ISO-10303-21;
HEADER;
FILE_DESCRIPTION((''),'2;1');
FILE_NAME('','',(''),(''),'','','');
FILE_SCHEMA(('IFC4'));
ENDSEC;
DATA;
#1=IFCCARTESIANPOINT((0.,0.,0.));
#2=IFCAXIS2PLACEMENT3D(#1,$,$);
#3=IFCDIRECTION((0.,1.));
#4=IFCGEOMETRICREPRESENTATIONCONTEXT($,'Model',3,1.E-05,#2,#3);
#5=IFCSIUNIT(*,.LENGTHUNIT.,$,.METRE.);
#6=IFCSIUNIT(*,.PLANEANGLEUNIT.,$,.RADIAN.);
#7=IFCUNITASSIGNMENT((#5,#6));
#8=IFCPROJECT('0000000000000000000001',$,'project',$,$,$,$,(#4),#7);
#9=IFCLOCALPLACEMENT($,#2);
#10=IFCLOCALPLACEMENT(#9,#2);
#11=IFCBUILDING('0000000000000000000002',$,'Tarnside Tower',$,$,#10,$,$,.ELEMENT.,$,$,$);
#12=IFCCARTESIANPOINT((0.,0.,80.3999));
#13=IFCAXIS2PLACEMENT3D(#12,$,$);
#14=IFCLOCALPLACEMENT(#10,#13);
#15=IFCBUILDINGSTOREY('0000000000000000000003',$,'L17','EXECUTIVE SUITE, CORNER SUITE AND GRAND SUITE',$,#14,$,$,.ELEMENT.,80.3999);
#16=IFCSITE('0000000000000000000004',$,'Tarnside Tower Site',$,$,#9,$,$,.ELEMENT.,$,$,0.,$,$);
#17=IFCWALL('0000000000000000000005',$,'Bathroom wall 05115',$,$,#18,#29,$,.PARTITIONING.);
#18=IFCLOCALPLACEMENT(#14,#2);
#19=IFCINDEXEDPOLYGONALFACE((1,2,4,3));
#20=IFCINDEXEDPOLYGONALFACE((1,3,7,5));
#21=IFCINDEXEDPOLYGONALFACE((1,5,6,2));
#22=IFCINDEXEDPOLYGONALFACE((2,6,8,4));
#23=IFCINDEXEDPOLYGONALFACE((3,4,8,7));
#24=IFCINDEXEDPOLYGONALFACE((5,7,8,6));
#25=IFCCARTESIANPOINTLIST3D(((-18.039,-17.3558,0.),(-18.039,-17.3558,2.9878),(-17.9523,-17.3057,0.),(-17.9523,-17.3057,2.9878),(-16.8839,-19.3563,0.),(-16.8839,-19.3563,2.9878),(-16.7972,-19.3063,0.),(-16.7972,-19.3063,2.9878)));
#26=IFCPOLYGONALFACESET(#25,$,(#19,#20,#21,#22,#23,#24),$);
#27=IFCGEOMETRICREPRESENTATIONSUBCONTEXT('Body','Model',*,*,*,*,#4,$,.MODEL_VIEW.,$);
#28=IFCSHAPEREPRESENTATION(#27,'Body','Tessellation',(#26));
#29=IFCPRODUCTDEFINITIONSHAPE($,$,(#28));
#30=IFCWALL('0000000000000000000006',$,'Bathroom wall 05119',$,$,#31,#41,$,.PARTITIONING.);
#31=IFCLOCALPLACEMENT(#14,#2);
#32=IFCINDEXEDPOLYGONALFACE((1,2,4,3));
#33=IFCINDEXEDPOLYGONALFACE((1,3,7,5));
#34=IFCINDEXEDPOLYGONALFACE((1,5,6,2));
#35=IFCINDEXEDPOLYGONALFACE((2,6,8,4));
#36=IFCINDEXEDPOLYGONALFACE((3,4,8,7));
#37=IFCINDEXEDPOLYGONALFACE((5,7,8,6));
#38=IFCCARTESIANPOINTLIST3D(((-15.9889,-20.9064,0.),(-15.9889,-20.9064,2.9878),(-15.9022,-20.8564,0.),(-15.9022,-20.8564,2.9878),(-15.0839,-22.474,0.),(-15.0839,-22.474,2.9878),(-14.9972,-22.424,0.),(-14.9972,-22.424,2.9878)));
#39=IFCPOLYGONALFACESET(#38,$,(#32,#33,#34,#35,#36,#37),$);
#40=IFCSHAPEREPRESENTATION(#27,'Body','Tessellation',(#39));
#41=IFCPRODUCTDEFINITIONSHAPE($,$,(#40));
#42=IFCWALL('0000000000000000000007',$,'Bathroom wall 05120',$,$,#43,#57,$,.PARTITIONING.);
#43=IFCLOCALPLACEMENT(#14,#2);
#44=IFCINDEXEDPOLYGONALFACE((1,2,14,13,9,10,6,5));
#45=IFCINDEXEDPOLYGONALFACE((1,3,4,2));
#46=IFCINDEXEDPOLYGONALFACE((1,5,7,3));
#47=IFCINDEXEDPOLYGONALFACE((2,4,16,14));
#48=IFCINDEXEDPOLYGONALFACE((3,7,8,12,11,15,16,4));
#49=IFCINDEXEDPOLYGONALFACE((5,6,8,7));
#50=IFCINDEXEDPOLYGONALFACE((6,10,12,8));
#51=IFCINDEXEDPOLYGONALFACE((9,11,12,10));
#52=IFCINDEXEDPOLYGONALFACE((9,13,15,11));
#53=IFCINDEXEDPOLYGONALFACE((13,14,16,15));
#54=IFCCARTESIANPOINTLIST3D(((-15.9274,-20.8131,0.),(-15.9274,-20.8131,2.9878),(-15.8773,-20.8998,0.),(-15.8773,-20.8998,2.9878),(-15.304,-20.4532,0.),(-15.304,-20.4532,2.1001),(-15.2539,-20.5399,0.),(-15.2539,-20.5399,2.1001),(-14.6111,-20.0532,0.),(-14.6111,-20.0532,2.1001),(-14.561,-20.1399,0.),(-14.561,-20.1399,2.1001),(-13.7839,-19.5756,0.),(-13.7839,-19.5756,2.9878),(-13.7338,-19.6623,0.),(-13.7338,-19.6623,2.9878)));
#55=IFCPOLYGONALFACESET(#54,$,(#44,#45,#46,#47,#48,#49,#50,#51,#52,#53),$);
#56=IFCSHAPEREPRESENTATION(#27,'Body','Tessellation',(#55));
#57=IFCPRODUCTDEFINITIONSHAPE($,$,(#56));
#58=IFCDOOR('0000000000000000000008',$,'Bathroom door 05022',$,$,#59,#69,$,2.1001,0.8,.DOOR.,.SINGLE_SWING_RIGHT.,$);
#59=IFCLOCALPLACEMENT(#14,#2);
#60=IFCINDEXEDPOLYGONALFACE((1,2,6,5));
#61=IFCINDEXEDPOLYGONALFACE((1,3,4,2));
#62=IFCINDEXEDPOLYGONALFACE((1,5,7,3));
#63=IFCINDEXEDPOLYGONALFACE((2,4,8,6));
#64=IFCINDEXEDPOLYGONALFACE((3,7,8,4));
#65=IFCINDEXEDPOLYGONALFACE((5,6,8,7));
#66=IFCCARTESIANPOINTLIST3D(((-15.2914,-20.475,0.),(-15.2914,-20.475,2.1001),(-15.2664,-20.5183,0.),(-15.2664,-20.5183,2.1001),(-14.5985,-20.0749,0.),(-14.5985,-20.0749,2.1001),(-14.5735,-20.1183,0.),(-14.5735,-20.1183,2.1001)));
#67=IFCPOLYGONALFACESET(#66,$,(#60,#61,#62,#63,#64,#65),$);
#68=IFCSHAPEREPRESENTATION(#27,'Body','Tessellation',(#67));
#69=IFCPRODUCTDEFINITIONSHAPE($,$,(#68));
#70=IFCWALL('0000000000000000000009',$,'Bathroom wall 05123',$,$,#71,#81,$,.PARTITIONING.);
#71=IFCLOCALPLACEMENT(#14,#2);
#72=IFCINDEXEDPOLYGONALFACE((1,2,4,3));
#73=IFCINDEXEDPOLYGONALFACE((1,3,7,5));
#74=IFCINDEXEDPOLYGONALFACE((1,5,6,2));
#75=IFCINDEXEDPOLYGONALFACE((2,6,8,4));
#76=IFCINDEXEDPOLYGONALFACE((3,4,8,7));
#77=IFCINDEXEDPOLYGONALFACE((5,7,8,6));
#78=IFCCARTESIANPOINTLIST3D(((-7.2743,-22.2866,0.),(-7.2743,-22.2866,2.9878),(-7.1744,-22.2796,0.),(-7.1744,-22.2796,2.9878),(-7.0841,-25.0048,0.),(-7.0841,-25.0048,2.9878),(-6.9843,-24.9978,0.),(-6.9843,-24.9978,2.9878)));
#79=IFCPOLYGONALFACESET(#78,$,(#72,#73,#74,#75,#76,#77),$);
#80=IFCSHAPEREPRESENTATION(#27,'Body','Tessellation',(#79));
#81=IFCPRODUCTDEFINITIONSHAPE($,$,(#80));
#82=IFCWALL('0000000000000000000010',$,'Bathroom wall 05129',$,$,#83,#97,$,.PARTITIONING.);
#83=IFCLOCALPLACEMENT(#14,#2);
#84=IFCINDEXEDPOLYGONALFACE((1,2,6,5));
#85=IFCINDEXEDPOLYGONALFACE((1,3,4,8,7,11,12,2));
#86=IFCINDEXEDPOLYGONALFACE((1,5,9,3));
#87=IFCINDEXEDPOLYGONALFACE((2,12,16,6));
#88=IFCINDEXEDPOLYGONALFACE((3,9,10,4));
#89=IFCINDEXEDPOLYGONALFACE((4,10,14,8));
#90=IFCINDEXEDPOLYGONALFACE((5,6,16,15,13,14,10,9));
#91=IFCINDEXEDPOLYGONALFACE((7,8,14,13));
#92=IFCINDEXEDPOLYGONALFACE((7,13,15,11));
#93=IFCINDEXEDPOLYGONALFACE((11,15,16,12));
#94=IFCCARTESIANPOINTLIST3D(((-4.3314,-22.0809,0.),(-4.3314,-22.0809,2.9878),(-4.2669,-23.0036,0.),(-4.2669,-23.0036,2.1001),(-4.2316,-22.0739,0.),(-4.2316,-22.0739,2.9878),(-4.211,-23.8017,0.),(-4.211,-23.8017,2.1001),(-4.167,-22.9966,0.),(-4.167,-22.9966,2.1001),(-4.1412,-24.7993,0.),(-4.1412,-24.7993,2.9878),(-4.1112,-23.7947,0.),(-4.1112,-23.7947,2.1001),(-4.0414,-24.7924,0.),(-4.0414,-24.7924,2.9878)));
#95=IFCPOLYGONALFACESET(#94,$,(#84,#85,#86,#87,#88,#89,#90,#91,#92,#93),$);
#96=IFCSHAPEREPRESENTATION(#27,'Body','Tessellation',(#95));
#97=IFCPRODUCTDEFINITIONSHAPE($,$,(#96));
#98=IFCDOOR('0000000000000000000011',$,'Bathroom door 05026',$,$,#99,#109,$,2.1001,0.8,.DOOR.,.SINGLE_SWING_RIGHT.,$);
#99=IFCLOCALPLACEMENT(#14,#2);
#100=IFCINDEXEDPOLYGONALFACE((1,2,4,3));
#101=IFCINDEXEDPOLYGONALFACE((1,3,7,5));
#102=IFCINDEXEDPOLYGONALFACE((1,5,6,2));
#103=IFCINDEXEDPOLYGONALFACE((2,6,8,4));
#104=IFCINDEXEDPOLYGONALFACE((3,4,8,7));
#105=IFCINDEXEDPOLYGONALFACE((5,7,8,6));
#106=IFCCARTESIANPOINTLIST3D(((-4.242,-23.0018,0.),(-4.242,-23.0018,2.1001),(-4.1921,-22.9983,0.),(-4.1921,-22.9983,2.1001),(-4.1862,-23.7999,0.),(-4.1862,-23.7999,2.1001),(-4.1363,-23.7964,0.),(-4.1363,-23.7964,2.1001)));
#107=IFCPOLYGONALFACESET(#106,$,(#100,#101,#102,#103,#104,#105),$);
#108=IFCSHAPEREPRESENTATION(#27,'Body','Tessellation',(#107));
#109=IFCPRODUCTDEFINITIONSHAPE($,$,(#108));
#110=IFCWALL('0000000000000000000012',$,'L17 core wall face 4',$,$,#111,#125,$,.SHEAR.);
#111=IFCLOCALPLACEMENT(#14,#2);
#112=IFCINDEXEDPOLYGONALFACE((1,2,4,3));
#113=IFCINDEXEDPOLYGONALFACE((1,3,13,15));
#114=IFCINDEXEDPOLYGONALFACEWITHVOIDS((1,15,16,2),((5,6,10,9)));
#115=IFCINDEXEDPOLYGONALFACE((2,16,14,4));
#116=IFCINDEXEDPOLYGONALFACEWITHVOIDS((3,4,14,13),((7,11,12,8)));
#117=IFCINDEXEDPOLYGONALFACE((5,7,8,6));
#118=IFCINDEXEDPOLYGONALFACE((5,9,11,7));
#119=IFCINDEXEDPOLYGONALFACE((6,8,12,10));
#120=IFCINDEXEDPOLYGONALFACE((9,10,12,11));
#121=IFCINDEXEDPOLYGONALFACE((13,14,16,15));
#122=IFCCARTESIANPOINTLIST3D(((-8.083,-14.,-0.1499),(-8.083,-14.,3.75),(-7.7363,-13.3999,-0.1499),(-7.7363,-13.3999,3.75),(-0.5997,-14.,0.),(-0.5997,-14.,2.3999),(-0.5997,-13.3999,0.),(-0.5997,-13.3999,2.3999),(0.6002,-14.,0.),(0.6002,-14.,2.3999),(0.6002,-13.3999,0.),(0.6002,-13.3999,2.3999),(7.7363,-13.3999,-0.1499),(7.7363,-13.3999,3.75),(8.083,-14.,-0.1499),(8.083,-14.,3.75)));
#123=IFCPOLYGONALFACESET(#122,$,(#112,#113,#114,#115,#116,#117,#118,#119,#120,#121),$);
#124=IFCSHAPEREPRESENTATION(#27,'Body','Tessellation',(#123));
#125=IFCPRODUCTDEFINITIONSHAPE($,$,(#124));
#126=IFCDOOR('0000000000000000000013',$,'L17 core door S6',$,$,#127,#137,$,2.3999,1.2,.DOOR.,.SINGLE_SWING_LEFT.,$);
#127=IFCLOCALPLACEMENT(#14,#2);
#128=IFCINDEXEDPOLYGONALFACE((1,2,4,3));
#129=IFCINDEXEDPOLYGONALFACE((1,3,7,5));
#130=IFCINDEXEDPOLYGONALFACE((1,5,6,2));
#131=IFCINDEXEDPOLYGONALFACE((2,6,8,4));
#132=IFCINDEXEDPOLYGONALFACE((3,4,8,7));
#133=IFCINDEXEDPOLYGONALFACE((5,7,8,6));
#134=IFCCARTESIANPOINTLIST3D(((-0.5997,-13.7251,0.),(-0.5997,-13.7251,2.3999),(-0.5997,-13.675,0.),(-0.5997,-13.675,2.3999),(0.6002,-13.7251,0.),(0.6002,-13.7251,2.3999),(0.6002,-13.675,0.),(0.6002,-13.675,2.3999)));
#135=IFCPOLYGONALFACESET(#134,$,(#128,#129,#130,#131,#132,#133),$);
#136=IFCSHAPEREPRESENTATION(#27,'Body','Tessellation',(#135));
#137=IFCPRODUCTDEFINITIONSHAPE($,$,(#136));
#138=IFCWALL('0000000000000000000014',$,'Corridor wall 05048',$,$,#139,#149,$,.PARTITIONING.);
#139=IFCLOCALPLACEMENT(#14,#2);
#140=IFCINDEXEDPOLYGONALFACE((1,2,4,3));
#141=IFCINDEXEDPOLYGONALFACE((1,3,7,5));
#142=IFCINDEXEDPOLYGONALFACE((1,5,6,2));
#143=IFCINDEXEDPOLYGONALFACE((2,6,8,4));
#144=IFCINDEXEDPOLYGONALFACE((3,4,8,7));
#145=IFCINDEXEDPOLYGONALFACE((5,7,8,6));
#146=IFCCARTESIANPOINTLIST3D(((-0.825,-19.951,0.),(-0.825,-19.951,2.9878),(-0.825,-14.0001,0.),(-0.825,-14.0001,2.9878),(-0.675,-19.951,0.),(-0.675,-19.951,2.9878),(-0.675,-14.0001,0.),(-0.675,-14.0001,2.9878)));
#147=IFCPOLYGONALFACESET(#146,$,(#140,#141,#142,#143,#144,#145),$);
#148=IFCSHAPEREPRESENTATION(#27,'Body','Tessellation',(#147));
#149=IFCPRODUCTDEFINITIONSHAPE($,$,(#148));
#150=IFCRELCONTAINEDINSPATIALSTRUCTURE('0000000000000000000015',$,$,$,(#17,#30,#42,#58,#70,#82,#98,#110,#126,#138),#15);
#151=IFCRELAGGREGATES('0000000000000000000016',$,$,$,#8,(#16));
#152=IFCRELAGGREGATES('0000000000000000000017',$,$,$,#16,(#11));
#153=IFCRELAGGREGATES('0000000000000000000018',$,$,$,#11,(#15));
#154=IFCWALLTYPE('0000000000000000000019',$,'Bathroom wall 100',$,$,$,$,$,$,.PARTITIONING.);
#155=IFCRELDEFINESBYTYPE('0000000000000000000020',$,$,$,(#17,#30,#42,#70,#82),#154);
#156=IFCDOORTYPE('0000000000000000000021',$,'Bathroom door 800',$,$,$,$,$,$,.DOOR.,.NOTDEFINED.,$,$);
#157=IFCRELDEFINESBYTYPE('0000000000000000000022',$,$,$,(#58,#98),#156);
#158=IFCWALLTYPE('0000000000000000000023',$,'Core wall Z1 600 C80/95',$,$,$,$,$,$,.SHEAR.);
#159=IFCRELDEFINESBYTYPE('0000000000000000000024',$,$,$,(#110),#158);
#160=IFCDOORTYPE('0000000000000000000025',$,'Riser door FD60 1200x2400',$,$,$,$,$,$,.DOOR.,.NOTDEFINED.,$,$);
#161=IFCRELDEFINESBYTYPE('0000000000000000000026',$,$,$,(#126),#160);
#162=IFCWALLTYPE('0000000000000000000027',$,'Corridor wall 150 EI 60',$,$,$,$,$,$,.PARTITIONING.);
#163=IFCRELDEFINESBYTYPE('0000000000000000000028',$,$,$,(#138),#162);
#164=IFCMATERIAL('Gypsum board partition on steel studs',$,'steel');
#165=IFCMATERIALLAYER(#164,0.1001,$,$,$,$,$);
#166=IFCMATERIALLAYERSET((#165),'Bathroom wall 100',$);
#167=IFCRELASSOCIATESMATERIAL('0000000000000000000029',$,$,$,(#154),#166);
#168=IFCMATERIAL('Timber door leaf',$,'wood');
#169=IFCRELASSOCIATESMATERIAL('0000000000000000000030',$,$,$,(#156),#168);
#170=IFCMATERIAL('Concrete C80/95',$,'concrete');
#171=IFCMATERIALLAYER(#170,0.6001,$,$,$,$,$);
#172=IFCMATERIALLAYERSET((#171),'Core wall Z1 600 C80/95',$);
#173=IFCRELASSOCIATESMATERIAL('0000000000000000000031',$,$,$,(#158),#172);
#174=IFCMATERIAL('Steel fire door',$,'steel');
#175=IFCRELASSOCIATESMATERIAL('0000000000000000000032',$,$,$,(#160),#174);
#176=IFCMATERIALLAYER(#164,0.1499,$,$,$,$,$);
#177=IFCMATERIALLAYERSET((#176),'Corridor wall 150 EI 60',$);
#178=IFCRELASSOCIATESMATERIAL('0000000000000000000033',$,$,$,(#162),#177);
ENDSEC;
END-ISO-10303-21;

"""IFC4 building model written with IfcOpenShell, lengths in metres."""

from ifc_helpers import new_model, si_unit, direction, frame, frame_2d, origin, place, context, subcontext, project, spatial, polyline, rectangle, outline, extrude, material, layer, layer_set, type_object, element, fill, save


model = new_model("IFC4")

# Units and contexts
model_context = context("Model", 3, precision=1e-05, world=origin(), true_north=direction((0.0, 1.0)))
body_context = subcontext(model_context, "Body", "Model", "MODEL_VIEW")
ifc_project = project(units=[si_unit("LENGTHUNIT", "METRE"), si_unit("PLANEANGLEUNIT", "RADIAN")], contexts=[model_context])

# Site, building, storey
site_placement = place(None, origin())
site = spatial("IfcSite", under=ifc_project, at=site_placement, Name="Tarnside Tower Site", CompositionType="ELEMENT", RefElevation=0.0)
building_placement = place(site_placement, origin())
building = spatial("IfcBuilding", under=site, at=building_placement, Name="Tarnside Tower", CompositionType="ELEMENT")
storey_placement = place(building_placement, frame((0.0, 0.0, 80.3999)))
storey = spatial("IfcBuildingStorey", under=building, at=storey_placement, Name="L17", Description="EXECUTIVE SUITE, CORNER SUITE AND GRAND SUITE", CompositionType="ELEMENT", Elevation=80.3999)

# Walls
ifc_material_1 = material(Name="Gypsum board partition on steel studs", Category="steel")
ifc_layer_1 = layer(ifc_material_1, 0.1001)
ifc_layer_set_1 = layer_set([ifc_layer_1], Name="Bathroom wall 100")
wall_type_1 = type_object("IfcWallType", Name="Bathroom wall 100", PredefinedType="PARTITIONING", material=ifc_layer_set_1)
wall_1_placement = place(storey_placement, frame((-16.8406, -19.3313, 0.0), z_axis=(0.0, 0.0, 1.0), x_axis=(-0.500015, 0.866017, 0.0)))
element("IfcWall", 1, at=wall_1_placement, inside=storey, type_object=wall_type_1, Name="Bathroom wall 05115", PredefinedType="PARTITIONING", context=body_context, shape_type="SweptSolid", body=[
    extrude(rectangle(XDim=2.3101, YDim=0.1001, at=frame_2d((1.155, 0.0))), origin(), (0.0, 0.0, 1.0), 2.9878),
])
wall_2_placement = place(storey_placement, frame((-15.0405, -22.449, 0.0), z_axis=(0.0, 0.0, 1.0), x_axis=(-0.499983, 0.866035, 0.0)))
element("IfcWall", 2, at=wall_2_placement, inside=storey, type_object=wall_type_1, Name="Bathroom wall 05119", PredefinedType="PARTITIONING", context=body_context, shape_type="SweptSolid", body=[
    extrude(rectangle(XDim=1.8101, YDim=0.1001, at=frame_2d((0.905, 0.0))), origin(), (0.0, 0.0, 1.0), 2.9878),
])

# Wall, opening, door
wall_3_placement = place(storey_placement, frame((-15.9023, -20.8564, 0.0), z_axis=(0.0, 0.0, 1.0), x_axis=(0.866031, 0.49999, 0.0)))
wall_3 = element("IfcWall", 3, at=wall_3_placement, inside=storey, type_object=wall_type_1, Name="Bathroom wall 05120", PredefinedType="PARTITIONING", context=body_context, shape_type="SweptSolid", body=[
    extrude(rectangle(XDim=2.4751, YDim=0.1001, at=frame_2d((1.2375, 0.0))), origin(), (0.0, 0.0, 1.0), 2.9878),
])
opening_1_placement = place(wall_3_placement, frame((0.72, 0.0, 0.0)))
opening_1 = element("IfcOpeningElement", 4, at=opening_1_placement, cuts=wall_3, PredefinedType="OPENING", context=body_context, shape_type="SweptSolid", body=[
    extrude(rectangle(XDim=0.8, YDim=2.1001, at=frame_2d((0.3999, 1.05))), frame((0.0, 0.0601, 0.0), z_axis=(0.0, -1.0, 0.0), x_axis=(1.0, 0.0, 0.0)), (0.0, 0.0, 1.0), 0.1201),
])
ifc_material_2 = material(Name="Timber door leaf", Category="wood")
door_type_1 = type_object("IfcDoorType", Name="Bathroom door 800", OperationType="NOTDEFINED", PredefinedType="DOOR", material=ifc_material_2)
door_1_placement = place(opening_1_placement, origin())
door_1 = element("IfcDoor", 5, at=door_1_placement, inside=storey, type_object=door_type_1, Name="Bathroom door 05022", OperationType="SINGLE_SWING_RIGHT", OverallHeight=2.1001, OverallWidth=0.8, PredefinedType="DOOR", context=body_context, shape_type="SweptSolid", body=[
    extrude(rectangle(XDim=0.8, YDim=2.1001, at=frame_2d((0.3999, 1.05))), frame((0.0, 0.0249, 0.0), z_axis=(0.0, -1.0, 0.0), x_axis=(1.0, 0.0, 0.0)), (0.0, 0.0, 1.0), 0.05),
])
fill(opening_1, door_1)

# Wall
wall_4_placement = place(storey_placement, frame((-7.2244, -22.2832, 0.0), z_axis=(0.0, 0.0, 1.0), x_axis=(0.069795, -0.997561, 0.0)))
element("IfcWall", 6, at=wall_4_placement, inside=storey, type_object=wall_type_1, Name="Bathroom wall 05123", PredefinedType="PARTITIONING", context=body_context, shape_type="SweptSolid", body=[
    extrude(rectangle(XDim=2.7249, YDim=0.1001, at=frame_2d((1.3623, 0.0))), origin(), (0.0, 0.0, 1.0), 2.9878),
])

# Walls, openings, doors
wall_5_placement = place(storey_placement, frame((-4.2815, -22.0774, 0.0), z_axis=(0.0, 0.0, 1.0), x_axis=(0.069789, -0.997562, 0.0)))
wall_5 = element("IfcWall", 7, at=wall_5_placement, inside=storey, type_object=wall_type_1, Name="Bathroom wall 05129", PredefinedType="PARTITIONING", context=body_context, shape_type="SweptSolid", body=[
    extrude(rectangle(XDim=2.7251, YDim=0.1001, at=frame_2d((1.3625, 0.0))), origin(), (0.0, 0.0, 1.0), 2.9878),
])
opening_2_placement = place(wall_5_placement, frame((0.925, 0.0, 0.0)))
opening_2 = element("IfcOpeningElement", 8, at=opening_2_placement, cuts=wall_5, PredefinedType="OPENING", context=body_context, shape_type="SweptSolid", body=[
    extrude(rectangle(XDim=0.8, YDim=2.1001, at=frame_2d((0.3999, 1.05))), frame((0.0, 0.0601, 0.0), z_axis=(0.0, -1.0, 0.0), x_axis=(1.0, 0.0, 0.0)), (0.0, 0.0, 1.0), 0.1201),
])
door_2_placement = place(opening_2_placement, origin())
door_2 = element("IfcDoor", 9, at=door_2_placement, inside=storey, type_object=door_type_1, Name="Bathroom door 05026", OperationType="SINGLE_SWING_RIGHT", OverallHeight=2.1001, OverallWidth=0.8, PredefinedType="DOOR", context=body_context, shape_type="SweptSolid", body=[
    extrude(rectangle(XDim=0.8, YDim=2.1001, at=frame_2d((0.3999, 1.05))), frame((0.0, 0.0249, 0.0), z_axis=(0.0, -1.0, 0.0), x_axis=(1.0, 0.0, 0.0)), (0.0, 0.0, 1.0), 0.05),
])
fill(opening_2, door_2)
ifc_material_3 = material(Name="Concrete C80/95", Category="concrete")
ifc_layer_2 = layer(ifc_material_3, 0.6001)
ifc_layer_set_2 = layer_set([ifc_layer_2], Name="Core wall Z1 600 C80/95")
wall_type_2 = type_object("IfcWallType", Name="Core wall Z1 600 C80/95", PredefinedType="SHEAR", material=ifc_layer_set_2)
wall_6_placement = place(storey_placement, frame((-7.9097, -13.7, -0.1499), z_axis=(0.0, 0.0, 1.0), x_axis=(1.0, 0.0, 0.0)))
wall_6 = element("IfcWall", 10, at=wall_6_placement, inside=storey, type_object=wall_type_2, Name="L17 core wall face 4", PredefinedType="SHEAR", context=body_context, shape_type="SweptSolid", body=[
    extrude(outline(polyline([(-0.1733, -0.3), (15.9927, -0.3), (15.646, 0.3), (0.1733, 0.3), (-0.1733, -0.3)])), origin(), (0.0, 0.0, 1.0), 3.8999),
])
opening_3_placement = place(wall_6_placement, frame((7.3098, 0.0, 0.1499)))
opening_3 = element("IfcOpeningElement", 11, at=opening_3_placement, cuts=wall_6, PredefinedType="OPENING", context=body_context, shape_type="SweptSolid", body=[
    extrude(rectangle(XDim=1.2, YDim=2.3999, at=frame_2d((0.6001, 1.2))), frame((0.0, 0.3101, 0.0), z_axis=(0.0, -1.0, 0.0), x_axis=(1.0, 0.0, 0.0)), (0.0, 0.0, 1.0), 0.6201),
])
ifc_material_4 = material(Name="Steel fire door", Category="steel")
door_type_2 = type_object("IfcDoorType", Name="Riser door FD60 1200x2400", OperationType="NOTDEFINED", PredefinedType="DOOR", material=ifc_material_4)
door_3_placement = place(opening_3_placement, origin())
door_3 = element("IfcDoor", 12, at=door_3_placement, inside=storey, type_object=door_type_2, Name="L17 core door S6", OperationType="SINGLE_SWING_LEFT", OverallHeight=2.3999, OverallWidth=1.2, PredefinedType="DOOR", context=body_context, shape_type="SweptSolid", body=[
    extrude(rectangle(XDim=1.2, YDim=2.3999, at=frame_2d((0.6001, 1.2))), frame((0.0, 0.0249, 0.0), z_axis=(0.0, -1.0, 0.0), x_axis=(1.0, 0.0, 0.0)), (0.0, 0.0, 1.0), 0.05),
])
fill(opening_3, door_3)

# Wall
ifc_layer_3 = layer(ifc_material_1, 0.1499)
ifc_layer_set_3 = layer_set([ifc_layer_3], Name="Corridor wall 150 EI 60")
wall_type_3 = type_object("IfcWallType", Name="Corridor wall 150 EI 60", PredefinedType="PARTITIONING", material=ifc_layer_set_3)
wall_7_placement = place(storey_placement, frame((-0.75, -14.0, 0.0), z_axis=(0.0, 0.0, 1.0), x_axis=(0.0, -1.0, 0.0)))
element("IfcWall", 13, at=wall_7_placement, inside=storey, type_object=wall_type_3, Name="Corridor wall 05048", PredefinedType="PARTITIONING", context=body_context, shape_type="SweptSolid", body=[
    extrude(rectangle(XDim=5.9509, YDim=0.1499, at=frame_2d((2.9756, 0.0))), origin(), (0.0, 0.0, 1.0), 2.9878),
])

save(model, "model.ifc")
